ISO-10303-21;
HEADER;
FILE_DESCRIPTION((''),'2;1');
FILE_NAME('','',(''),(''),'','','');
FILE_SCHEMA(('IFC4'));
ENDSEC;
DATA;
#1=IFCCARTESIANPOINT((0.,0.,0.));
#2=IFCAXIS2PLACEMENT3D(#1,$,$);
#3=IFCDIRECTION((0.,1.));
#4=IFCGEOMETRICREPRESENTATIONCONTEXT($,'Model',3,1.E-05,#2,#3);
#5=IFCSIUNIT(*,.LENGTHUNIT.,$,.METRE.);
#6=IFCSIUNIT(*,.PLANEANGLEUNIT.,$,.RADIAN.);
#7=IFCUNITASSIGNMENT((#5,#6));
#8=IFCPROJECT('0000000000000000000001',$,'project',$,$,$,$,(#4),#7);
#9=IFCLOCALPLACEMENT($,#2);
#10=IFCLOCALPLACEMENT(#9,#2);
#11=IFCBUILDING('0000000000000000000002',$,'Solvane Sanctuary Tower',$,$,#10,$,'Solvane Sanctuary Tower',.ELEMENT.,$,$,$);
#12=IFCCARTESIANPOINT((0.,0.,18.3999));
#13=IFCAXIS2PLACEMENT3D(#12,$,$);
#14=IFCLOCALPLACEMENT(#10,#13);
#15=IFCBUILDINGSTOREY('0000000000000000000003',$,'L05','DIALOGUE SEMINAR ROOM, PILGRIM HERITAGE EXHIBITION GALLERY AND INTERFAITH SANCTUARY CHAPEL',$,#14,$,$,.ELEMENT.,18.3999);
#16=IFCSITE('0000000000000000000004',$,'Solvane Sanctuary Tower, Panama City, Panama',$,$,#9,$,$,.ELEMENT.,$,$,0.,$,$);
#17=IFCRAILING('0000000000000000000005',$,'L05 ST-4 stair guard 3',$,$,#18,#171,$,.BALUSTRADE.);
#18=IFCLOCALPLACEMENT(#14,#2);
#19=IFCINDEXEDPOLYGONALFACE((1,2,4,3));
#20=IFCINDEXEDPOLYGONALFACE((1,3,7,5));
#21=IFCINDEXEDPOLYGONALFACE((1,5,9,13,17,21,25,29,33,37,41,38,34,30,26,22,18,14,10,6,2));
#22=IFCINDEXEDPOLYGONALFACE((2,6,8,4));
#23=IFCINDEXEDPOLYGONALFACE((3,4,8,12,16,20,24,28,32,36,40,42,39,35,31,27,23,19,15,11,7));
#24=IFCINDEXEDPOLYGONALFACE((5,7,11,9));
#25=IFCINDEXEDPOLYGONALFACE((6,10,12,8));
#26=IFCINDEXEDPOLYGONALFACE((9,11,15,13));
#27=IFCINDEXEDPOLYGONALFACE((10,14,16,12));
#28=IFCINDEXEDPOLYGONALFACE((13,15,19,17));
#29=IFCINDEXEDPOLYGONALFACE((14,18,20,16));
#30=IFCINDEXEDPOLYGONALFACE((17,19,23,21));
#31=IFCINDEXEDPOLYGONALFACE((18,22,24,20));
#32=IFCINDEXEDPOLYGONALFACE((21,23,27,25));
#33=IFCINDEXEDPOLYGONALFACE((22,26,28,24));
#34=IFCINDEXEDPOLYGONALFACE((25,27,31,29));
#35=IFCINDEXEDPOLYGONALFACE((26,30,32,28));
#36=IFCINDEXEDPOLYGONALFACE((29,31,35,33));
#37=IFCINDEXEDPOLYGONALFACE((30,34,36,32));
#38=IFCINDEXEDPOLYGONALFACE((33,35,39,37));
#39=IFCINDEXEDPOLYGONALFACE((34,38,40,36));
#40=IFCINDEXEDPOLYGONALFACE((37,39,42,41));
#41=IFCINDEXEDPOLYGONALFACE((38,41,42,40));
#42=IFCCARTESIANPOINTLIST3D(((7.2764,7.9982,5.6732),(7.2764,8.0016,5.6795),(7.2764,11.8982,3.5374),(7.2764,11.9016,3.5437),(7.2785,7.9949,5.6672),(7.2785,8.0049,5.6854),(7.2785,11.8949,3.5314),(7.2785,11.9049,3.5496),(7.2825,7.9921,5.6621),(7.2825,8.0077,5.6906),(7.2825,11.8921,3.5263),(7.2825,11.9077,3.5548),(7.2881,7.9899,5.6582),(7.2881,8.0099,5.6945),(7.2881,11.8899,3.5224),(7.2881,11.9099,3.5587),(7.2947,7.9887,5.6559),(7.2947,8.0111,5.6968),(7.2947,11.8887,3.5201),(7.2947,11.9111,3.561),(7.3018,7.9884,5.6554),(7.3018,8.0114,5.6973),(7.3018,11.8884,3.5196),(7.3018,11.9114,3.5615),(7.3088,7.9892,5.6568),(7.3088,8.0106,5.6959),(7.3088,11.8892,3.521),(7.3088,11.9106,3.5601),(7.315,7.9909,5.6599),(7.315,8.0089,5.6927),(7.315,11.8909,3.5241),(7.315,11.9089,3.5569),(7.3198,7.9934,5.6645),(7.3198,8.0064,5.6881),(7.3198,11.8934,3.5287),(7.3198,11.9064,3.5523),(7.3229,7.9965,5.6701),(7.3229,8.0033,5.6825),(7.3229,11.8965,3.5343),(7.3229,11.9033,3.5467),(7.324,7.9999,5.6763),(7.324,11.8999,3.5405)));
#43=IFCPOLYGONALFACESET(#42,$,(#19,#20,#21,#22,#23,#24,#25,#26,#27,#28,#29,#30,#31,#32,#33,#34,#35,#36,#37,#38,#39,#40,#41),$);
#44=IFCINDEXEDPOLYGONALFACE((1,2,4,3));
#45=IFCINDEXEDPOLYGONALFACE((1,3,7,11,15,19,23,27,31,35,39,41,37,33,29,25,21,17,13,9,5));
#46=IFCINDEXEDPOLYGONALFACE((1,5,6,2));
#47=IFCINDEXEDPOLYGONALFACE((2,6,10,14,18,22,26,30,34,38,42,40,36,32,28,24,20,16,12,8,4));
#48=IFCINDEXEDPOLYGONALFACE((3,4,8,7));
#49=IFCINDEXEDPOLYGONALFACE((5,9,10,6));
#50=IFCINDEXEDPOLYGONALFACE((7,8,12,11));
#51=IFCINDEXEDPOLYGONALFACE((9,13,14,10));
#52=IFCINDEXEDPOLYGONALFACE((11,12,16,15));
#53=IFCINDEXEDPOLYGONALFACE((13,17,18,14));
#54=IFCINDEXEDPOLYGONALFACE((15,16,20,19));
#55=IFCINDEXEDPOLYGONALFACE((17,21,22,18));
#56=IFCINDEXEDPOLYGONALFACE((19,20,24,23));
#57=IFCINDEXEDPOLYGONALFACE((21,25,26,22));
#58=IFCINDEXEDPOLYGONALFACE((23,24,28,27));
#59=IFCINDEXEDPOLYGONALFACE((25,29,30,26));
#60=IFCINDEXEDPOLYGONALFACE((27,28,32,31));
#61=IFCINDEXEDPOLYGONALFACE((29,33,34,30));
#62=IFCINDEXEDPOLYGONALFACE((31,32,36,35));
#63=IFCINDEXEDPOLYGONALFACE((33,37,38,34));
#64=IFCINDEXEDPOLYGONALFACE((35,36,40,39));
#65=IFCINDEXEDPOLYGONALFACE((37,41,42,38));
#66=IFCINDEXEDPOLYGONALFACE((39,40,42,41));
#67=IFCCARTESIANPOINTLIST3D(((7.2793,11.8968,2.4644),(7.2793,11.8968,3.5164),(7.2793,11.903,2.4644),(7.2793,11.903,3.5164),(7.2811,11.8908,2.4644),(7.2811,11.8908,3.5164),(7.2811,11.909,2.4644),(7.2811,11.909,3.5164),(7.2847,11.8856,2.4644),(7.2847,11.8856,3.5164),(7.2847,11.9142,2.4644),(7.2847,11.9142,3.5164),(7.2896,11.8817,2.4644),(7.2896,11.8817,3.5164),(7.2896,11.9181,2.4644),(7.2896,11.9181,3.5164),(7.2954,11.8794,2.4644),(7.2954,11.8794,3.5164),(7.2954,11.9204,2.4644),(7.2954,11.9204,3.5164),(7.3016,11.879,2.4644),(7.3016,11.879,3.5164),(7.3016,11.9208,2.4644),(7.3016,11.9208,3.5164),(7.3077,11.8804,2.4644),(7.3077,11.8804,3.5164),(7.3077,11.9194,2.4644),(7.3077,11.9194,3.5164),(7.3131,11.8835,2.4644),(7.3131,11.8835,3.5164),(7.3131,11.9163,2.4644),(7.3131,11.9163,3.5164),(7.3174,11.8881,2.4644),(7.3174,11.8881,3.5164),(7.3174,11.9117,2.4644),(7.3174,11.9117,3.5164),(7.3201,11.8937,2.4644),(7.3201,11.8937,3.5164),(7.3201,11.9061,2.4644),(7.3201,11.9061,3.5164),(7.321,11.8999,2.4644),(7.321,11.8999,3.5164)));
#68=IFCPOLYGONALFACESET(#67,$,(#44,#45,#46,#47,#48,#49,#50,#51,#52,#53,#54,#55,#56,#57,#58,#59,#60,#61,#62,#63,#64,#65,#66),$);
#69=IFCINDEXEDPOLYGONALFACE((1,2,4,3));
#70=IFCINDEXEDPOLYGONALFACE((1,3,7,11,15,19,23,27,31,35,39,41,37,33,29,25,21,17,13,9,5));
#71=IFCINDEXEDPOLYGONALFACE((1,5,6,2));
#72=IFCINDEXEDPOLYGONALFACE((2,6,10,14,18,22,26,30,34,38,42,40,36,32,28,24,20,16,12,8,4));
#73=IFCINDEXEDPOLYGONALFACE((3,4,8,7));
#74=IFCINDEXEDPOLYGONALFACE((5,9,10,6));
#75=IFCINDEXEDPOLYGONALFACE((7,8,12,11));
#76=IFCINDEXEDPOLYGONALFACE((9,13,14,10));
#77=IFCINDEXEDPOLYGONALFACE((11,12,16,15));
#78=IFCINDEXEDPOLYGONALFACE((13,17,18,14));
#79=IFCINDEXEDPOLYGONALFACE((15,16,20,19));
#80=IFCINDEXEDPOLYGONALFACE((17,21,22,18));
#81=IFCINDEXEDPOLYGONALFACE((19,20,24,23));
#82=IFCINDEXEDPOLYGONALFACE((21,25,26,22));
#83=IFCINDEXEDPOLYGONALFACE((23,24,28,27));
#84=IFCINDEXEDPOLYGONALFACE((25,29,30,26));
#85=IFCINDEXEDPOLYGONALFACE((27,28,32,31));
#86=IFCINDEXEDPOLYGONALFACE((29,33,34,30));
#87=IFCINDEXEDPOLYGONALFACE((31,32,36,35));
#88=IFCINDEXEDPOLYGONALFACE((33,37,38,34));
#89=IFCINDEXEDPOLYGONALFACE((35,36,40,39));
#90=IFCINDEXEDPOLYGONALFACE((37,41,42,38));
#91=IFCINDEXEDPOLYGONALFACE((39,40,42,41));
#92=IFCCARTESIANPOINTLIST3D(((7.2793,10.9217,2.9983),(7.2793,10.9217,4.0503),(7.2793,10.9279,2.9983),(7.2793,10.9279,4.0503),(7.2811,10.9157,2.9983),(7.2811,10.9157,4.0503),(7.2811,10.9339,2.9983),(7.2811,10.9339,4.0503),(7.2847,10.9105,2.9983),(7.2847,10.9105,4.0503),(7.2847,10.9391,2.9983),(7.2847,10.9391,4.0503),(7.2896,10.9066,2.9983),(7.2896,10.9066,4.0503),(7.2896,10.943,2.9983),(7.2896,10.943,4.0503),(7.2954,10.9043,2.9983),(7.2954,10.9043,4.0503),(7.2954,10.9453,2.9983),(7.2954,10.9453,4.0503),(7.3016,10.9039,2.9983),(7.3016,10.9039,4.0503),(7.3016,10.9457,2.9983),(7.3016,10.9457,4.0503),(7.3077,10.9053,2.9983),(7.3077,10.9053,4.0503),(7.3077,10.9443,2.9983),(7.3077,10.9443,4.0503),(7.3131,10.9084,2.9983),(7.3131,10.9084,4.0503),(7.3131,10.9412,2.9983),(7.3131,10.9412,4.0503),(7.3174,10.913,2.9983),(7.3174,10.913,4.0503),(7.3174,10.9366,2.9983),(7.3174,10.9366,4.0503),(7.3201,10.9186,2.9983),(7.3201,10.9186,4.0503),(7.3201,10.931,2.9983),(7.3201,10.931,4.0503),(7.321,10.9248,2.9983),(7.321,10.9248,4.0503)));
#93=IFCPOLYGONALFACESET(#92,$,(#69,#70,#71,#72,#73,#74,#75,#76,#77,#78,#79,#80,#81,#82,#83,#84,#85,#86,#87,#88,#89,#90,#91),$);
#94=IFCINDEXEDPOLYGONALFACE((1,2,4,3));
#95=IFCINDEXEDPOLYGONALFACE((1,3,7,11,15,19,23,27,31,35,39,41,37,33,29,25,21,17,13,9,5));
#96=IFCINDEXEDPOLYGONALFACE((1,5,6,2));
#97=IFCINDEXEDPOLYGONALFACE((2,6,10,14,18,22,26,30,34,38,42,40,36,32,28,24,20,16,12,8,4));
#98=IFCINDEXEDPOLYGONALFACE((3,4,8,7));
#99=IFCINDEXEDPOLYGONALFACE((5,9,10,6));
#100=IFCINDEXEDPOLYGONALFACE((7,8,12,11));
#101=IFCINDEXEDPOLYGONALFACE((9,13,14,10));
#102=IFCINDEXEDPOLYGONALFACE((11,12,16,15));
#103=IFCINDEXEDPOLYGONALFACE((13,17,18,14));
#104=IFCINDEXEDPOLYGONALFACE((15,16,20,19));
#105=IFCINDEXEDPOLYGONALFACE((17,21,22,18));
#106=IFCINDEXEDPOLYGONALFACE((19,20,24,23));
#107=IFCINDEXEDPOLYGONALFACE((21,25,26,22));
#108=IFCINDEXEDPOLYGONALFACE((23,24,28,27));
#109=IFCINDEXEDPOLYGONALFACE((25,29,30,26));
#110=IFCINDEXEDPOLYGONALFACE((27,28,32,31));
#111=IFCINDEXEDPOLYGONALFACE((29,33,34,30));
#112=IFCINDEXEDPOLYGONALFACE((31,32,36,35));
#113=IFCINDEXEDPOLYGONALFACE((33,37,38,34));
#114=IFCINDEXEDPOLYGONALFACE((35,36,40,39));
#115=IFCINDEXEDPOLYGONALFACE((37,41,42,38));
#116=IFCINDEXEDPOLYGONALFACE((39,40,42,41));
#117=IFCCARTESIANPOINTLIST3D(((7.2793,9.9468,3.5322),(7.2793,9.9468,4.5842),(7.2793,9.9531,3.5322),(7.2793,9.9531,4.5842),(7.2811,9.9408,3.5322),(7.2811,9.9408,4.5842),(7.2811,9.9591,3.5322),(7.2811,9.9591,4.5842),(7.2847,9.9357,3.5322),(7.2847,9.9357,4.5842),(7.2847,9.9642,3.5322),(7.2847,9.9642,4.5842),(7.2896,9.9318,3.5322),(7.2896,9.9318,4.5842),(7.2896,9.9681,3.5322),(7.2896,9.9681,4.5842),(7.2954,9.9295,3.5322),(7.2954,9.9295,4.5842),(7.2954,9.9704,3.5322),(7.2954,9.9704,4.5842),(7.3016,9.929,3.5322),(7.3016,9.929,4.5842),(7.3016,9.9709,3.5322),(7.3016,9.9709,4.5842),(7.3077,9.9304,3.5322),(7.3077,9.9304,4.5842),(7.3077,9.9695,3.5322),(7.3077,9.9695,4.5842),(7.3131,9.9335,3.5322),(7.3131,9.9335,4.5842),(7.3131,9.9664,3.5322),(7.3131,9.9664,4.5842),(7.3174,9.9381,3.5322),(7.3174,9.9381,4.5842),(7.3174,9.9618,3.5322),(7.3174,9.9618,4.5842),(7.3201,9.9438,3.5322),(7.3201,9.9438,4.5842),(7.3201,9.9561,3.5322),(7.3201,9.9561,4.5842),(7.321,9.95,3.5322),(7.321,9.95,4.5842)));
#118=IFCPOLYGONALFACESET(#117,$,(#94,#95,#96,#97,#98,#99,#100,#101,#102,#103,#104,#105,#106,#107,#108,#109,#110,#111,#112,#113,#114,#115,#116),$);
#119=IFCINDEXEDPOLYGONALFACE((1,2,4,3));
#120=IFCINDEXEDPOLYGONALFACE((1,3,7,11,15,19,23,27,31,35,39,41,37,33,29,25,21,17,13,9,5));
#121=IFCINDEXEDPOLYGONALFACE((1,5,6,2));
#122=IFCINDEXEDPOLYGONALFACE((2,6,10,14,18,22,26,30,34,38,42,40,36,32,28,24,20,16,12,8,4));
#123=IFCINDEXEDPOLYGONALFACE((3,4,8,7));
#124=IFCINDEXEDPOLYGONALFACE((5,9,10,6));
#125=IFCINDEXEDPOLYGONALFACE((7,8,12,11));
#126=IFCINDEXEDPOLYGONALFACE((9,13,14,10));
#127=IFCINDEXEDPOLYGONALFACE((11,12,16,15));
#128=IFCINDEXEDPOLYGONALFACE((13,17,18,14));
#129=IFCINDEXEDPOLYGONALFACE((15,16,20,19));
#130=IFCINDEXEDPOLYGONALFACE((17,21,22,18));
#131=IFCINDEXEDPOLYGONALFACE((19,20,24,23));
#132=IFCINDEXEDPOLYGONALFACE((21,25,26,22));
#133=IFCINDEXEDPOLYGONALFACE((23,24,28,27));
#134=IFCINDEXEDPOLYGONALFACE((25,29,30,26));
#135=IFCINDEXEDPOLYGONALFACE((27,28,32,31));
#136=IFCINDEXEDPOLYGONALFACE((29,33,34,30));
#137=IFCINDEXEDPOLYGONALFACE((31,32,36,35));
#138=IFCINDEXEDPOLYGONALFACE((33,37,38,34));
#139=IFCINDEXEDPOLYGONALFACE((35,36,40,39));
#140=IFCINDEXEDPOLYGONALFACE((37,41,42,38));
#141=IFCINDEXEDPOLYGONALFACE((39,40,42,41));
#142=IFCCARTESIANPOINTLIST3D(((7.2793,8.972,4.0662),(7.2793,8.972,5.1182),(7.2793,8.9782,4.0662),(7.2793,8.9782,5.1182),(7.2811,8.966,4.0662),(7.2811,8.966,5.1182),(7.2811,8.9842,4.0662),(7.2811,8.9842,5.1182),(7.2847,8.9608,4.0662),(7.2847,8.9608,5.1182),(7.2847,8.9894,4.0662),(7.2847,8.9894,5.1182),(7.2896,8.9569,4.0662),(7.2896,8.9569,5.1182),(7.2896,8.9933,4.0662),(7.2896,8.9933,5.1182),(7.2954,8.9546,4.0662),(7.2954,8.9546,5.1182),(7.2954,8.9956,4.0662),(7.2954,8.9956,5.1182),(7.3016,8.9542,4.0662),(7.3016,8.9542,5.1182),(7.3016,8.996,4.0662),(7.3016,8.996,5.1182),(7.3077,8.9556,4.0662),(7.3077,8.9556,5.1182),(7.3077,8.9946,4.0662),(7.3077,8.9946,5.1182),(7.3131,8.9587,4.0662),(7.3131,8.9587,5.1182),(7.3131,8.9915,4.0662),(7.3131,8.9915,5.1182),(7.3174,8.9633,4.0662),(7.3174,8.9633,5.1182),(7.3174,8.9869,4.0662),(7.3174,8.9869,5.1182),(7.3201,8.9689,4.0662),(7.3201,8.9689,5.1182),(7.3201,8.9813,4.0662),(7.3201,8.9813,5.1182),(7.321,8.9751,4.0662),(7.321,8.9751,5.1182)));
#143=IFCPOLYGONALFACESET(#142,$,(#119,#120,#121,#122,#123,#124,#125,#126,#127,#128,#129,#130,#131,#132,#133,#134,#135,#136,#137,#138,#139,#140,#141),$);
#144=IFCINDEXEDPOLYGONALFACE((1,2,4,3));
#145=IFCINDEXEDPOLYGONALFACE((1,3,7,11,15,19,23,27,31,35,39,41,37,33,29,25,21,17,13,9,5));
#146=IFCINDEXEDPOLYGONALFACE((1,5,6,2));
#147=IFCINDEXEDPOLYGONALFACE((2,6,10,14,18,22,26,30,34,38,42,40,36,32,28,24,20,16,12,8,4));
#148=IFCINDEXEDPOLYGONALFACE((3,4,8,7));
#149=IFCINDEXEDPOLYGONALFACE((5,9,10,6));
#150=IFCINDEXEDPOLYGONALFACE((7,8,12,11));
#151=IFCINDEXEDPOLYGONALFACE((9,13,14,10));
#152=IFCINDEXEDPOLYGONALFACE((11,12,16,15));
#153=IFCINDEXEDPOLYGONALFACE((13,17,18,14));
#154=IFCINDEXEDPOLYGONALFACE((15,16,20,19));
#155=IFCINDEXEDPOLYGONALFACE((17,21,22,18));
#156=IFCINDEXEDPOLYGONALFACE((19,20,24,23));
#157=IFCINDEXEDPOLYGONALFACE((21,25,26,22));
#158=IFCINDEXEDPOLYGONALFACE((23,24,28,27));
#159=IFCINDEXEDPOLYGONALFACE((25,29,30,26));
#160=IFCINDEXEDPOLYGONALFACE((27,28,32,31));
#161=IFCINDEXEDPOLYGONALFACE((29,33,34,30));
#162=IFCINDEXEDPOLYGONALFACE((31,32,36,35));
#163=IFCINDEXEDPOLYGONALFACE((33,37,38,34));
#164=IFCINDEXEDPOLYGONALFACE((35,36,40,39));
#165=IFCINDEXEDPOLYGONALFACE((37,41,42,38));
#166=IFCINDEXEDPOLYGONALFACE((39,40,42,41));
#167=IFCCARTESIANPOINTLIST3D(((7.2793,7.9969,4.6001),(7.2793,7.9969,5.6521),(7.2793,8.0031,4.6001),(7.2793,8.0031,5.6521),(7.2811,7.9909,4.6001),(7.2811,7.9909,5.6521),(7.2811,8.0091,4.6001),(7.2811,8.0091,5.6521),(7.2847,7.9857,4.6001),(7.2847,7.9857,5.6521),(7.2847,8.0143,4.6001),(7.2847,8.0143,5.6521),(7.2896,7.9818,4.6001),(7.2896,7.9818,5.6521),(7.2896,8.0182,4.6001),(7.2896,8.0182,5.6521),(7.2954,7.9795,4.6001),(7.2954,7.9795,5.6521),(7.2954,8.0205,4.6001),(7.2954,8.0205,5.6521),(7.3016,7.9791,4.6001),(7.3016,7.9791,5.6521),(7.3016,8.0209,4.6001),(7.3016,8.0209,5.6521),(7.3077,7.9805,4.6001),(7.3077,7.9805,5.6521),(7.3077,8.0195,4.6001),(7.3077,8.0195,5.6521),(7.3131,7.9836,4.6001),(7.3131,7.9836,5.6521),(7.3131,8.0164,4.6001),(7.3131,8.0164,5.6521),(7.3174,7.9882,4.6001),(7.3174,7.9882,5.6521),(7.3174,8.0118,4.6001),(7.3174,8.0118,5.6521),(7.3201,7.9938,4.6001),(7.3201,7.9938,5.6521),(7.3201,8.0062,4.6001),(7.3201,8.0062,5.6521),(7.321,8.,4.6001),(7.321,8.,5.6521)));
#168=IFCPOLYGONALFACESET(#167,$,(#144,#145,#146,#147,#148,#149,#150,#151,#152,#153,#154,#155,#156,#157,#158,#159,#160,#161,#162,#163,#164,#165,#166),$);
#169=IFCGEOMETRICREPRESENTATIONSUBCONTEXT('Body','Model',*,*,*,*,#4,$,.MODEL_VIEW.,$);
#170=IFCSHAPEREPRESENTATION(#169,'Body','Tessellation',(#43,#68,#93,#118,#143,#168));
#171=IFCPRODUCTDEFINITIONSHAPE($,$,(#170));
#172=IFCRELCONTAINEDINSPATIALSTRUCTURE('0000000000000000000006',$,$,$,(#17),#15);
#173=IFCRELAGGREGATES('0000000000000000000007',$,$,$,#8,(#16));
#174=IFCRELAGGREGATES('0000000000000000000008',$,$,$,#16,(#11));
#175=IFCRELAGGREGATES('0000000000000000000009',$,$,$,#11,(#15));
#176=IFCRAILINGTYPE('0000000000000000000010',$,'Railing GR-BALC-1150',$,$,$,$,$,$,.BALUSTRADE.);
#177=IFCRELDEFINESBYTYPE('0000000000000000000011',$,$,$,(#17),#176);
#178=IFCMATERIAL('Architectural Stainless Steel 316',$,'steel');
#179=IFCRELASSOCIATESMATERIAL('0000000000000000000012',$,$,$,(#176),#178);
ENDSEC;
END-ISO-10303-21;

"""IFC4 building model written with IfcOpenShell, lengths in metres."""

from ifc_helpers import new_model, si_unit, direction, frame, origin, origin_2d, place, context, subcontext, project, spatial, circle, extrude, material, type_object, element, save


model = new_model("IFC4")

# Units and contexts
model_context = context("Model", 3, precision=1e-05, world=origin(), true_north=direction((0.0, 1.0)))
body_context = subcontext(model_context, "Body", "Model", "MODEL_VIEW")
ifc_project = project(units=[si_unit("LENGTHUNIT", "METRE"), si_unit("PLANEANGLEUNIT", "RADIAN")], contexts=[model_context])

# Site, building, storey
site_placement = place(None, origin())
site = spatial("IfcSite", under=ifc_project, at=site_placement, Name="Solvane Sanctuary Tower, Panama City, Panama", CompositionType="ELEMENT", RefElevation=0.0)
building_placement = place(site_placement, origin())
building = spatial("IfcBuilding", under=site, at=building_placement, Name="Solvane Sanctuary Tower", LongName="Solvane Sanctuary Tower", CompositionType="ELEMENT")
storey_placement = place(building_placement, frame((0.0, 0.0, 18.3999)))
storey = spatial("IfcBuildingStorey", under=building, at=storey_placement, Name="L05", Description="DIALOGUE SEMINAR ROOM, PILGRIM HERITAGE EXHIBITION GALLERY AND INTERFAITH SANCTUARY CHAPEL", CompositionType="ELEMENT", Elevation=18.3999)

# Shared definitions
ifc_material_1 = material(Name="Architectural Stainless Steel 316", Category="steel")

# Railing
railing_type_1 = type_object("IfcRailingType", Name="Railing GR-BALC-1150", PredefinedType="BALUSTRADE", material=ifc_material_1)
railing_1_placement = place(storey_placement, frame((7.3, 11.8999, 2.4644)))
element("IfcRailing", 1, at=railing_1_placement, inside=storey, type_object=railing_type_1, Name="L05 ST-4 stair guard 3", PredefinedType="BALUSTRADE", context=body_context, shape_type="SweptSolid", body=[
    extrude(circle(Radius=0.0239, at=origin_2d()), frame((0.0, 0.0, 1.0762), z_axis=(0.0, -0.877089, 0.480329), x_axis=(1.0, 0.0, 0.0)), (0.0, 0.0, 1.0), 4.4465),
    extrude(circle(Radius=0.021, at=origin_2d()), origin(), (0.0, 0.0, 1.0), 1.052),
    extrude(circle(Radius=0.021, at=origin_2d()), frame((0.0, -0.9751, 0.5339)), (0.0, 0.0, 1.0), 1.052),
    extrude(circle(Radius=0.021, at=origin_2d()), frame((0.0, -1.95, 1.0679)), (0.0, 0.0, 1.0), 1.052),
    extrude(circle(Radius=0.021, at=origin_2d()), frame((0.0, -2.9248, 1.6018)), (0.0, 0.0, 1.0), 1.052),
    extrude(circle(Radius=0.021, at=origin_2d()), frame((0.0, -3.8999, 2.1357)), (0.0, 0.0, 1.0), 1.052),
])

save(model, "model.ifc")
